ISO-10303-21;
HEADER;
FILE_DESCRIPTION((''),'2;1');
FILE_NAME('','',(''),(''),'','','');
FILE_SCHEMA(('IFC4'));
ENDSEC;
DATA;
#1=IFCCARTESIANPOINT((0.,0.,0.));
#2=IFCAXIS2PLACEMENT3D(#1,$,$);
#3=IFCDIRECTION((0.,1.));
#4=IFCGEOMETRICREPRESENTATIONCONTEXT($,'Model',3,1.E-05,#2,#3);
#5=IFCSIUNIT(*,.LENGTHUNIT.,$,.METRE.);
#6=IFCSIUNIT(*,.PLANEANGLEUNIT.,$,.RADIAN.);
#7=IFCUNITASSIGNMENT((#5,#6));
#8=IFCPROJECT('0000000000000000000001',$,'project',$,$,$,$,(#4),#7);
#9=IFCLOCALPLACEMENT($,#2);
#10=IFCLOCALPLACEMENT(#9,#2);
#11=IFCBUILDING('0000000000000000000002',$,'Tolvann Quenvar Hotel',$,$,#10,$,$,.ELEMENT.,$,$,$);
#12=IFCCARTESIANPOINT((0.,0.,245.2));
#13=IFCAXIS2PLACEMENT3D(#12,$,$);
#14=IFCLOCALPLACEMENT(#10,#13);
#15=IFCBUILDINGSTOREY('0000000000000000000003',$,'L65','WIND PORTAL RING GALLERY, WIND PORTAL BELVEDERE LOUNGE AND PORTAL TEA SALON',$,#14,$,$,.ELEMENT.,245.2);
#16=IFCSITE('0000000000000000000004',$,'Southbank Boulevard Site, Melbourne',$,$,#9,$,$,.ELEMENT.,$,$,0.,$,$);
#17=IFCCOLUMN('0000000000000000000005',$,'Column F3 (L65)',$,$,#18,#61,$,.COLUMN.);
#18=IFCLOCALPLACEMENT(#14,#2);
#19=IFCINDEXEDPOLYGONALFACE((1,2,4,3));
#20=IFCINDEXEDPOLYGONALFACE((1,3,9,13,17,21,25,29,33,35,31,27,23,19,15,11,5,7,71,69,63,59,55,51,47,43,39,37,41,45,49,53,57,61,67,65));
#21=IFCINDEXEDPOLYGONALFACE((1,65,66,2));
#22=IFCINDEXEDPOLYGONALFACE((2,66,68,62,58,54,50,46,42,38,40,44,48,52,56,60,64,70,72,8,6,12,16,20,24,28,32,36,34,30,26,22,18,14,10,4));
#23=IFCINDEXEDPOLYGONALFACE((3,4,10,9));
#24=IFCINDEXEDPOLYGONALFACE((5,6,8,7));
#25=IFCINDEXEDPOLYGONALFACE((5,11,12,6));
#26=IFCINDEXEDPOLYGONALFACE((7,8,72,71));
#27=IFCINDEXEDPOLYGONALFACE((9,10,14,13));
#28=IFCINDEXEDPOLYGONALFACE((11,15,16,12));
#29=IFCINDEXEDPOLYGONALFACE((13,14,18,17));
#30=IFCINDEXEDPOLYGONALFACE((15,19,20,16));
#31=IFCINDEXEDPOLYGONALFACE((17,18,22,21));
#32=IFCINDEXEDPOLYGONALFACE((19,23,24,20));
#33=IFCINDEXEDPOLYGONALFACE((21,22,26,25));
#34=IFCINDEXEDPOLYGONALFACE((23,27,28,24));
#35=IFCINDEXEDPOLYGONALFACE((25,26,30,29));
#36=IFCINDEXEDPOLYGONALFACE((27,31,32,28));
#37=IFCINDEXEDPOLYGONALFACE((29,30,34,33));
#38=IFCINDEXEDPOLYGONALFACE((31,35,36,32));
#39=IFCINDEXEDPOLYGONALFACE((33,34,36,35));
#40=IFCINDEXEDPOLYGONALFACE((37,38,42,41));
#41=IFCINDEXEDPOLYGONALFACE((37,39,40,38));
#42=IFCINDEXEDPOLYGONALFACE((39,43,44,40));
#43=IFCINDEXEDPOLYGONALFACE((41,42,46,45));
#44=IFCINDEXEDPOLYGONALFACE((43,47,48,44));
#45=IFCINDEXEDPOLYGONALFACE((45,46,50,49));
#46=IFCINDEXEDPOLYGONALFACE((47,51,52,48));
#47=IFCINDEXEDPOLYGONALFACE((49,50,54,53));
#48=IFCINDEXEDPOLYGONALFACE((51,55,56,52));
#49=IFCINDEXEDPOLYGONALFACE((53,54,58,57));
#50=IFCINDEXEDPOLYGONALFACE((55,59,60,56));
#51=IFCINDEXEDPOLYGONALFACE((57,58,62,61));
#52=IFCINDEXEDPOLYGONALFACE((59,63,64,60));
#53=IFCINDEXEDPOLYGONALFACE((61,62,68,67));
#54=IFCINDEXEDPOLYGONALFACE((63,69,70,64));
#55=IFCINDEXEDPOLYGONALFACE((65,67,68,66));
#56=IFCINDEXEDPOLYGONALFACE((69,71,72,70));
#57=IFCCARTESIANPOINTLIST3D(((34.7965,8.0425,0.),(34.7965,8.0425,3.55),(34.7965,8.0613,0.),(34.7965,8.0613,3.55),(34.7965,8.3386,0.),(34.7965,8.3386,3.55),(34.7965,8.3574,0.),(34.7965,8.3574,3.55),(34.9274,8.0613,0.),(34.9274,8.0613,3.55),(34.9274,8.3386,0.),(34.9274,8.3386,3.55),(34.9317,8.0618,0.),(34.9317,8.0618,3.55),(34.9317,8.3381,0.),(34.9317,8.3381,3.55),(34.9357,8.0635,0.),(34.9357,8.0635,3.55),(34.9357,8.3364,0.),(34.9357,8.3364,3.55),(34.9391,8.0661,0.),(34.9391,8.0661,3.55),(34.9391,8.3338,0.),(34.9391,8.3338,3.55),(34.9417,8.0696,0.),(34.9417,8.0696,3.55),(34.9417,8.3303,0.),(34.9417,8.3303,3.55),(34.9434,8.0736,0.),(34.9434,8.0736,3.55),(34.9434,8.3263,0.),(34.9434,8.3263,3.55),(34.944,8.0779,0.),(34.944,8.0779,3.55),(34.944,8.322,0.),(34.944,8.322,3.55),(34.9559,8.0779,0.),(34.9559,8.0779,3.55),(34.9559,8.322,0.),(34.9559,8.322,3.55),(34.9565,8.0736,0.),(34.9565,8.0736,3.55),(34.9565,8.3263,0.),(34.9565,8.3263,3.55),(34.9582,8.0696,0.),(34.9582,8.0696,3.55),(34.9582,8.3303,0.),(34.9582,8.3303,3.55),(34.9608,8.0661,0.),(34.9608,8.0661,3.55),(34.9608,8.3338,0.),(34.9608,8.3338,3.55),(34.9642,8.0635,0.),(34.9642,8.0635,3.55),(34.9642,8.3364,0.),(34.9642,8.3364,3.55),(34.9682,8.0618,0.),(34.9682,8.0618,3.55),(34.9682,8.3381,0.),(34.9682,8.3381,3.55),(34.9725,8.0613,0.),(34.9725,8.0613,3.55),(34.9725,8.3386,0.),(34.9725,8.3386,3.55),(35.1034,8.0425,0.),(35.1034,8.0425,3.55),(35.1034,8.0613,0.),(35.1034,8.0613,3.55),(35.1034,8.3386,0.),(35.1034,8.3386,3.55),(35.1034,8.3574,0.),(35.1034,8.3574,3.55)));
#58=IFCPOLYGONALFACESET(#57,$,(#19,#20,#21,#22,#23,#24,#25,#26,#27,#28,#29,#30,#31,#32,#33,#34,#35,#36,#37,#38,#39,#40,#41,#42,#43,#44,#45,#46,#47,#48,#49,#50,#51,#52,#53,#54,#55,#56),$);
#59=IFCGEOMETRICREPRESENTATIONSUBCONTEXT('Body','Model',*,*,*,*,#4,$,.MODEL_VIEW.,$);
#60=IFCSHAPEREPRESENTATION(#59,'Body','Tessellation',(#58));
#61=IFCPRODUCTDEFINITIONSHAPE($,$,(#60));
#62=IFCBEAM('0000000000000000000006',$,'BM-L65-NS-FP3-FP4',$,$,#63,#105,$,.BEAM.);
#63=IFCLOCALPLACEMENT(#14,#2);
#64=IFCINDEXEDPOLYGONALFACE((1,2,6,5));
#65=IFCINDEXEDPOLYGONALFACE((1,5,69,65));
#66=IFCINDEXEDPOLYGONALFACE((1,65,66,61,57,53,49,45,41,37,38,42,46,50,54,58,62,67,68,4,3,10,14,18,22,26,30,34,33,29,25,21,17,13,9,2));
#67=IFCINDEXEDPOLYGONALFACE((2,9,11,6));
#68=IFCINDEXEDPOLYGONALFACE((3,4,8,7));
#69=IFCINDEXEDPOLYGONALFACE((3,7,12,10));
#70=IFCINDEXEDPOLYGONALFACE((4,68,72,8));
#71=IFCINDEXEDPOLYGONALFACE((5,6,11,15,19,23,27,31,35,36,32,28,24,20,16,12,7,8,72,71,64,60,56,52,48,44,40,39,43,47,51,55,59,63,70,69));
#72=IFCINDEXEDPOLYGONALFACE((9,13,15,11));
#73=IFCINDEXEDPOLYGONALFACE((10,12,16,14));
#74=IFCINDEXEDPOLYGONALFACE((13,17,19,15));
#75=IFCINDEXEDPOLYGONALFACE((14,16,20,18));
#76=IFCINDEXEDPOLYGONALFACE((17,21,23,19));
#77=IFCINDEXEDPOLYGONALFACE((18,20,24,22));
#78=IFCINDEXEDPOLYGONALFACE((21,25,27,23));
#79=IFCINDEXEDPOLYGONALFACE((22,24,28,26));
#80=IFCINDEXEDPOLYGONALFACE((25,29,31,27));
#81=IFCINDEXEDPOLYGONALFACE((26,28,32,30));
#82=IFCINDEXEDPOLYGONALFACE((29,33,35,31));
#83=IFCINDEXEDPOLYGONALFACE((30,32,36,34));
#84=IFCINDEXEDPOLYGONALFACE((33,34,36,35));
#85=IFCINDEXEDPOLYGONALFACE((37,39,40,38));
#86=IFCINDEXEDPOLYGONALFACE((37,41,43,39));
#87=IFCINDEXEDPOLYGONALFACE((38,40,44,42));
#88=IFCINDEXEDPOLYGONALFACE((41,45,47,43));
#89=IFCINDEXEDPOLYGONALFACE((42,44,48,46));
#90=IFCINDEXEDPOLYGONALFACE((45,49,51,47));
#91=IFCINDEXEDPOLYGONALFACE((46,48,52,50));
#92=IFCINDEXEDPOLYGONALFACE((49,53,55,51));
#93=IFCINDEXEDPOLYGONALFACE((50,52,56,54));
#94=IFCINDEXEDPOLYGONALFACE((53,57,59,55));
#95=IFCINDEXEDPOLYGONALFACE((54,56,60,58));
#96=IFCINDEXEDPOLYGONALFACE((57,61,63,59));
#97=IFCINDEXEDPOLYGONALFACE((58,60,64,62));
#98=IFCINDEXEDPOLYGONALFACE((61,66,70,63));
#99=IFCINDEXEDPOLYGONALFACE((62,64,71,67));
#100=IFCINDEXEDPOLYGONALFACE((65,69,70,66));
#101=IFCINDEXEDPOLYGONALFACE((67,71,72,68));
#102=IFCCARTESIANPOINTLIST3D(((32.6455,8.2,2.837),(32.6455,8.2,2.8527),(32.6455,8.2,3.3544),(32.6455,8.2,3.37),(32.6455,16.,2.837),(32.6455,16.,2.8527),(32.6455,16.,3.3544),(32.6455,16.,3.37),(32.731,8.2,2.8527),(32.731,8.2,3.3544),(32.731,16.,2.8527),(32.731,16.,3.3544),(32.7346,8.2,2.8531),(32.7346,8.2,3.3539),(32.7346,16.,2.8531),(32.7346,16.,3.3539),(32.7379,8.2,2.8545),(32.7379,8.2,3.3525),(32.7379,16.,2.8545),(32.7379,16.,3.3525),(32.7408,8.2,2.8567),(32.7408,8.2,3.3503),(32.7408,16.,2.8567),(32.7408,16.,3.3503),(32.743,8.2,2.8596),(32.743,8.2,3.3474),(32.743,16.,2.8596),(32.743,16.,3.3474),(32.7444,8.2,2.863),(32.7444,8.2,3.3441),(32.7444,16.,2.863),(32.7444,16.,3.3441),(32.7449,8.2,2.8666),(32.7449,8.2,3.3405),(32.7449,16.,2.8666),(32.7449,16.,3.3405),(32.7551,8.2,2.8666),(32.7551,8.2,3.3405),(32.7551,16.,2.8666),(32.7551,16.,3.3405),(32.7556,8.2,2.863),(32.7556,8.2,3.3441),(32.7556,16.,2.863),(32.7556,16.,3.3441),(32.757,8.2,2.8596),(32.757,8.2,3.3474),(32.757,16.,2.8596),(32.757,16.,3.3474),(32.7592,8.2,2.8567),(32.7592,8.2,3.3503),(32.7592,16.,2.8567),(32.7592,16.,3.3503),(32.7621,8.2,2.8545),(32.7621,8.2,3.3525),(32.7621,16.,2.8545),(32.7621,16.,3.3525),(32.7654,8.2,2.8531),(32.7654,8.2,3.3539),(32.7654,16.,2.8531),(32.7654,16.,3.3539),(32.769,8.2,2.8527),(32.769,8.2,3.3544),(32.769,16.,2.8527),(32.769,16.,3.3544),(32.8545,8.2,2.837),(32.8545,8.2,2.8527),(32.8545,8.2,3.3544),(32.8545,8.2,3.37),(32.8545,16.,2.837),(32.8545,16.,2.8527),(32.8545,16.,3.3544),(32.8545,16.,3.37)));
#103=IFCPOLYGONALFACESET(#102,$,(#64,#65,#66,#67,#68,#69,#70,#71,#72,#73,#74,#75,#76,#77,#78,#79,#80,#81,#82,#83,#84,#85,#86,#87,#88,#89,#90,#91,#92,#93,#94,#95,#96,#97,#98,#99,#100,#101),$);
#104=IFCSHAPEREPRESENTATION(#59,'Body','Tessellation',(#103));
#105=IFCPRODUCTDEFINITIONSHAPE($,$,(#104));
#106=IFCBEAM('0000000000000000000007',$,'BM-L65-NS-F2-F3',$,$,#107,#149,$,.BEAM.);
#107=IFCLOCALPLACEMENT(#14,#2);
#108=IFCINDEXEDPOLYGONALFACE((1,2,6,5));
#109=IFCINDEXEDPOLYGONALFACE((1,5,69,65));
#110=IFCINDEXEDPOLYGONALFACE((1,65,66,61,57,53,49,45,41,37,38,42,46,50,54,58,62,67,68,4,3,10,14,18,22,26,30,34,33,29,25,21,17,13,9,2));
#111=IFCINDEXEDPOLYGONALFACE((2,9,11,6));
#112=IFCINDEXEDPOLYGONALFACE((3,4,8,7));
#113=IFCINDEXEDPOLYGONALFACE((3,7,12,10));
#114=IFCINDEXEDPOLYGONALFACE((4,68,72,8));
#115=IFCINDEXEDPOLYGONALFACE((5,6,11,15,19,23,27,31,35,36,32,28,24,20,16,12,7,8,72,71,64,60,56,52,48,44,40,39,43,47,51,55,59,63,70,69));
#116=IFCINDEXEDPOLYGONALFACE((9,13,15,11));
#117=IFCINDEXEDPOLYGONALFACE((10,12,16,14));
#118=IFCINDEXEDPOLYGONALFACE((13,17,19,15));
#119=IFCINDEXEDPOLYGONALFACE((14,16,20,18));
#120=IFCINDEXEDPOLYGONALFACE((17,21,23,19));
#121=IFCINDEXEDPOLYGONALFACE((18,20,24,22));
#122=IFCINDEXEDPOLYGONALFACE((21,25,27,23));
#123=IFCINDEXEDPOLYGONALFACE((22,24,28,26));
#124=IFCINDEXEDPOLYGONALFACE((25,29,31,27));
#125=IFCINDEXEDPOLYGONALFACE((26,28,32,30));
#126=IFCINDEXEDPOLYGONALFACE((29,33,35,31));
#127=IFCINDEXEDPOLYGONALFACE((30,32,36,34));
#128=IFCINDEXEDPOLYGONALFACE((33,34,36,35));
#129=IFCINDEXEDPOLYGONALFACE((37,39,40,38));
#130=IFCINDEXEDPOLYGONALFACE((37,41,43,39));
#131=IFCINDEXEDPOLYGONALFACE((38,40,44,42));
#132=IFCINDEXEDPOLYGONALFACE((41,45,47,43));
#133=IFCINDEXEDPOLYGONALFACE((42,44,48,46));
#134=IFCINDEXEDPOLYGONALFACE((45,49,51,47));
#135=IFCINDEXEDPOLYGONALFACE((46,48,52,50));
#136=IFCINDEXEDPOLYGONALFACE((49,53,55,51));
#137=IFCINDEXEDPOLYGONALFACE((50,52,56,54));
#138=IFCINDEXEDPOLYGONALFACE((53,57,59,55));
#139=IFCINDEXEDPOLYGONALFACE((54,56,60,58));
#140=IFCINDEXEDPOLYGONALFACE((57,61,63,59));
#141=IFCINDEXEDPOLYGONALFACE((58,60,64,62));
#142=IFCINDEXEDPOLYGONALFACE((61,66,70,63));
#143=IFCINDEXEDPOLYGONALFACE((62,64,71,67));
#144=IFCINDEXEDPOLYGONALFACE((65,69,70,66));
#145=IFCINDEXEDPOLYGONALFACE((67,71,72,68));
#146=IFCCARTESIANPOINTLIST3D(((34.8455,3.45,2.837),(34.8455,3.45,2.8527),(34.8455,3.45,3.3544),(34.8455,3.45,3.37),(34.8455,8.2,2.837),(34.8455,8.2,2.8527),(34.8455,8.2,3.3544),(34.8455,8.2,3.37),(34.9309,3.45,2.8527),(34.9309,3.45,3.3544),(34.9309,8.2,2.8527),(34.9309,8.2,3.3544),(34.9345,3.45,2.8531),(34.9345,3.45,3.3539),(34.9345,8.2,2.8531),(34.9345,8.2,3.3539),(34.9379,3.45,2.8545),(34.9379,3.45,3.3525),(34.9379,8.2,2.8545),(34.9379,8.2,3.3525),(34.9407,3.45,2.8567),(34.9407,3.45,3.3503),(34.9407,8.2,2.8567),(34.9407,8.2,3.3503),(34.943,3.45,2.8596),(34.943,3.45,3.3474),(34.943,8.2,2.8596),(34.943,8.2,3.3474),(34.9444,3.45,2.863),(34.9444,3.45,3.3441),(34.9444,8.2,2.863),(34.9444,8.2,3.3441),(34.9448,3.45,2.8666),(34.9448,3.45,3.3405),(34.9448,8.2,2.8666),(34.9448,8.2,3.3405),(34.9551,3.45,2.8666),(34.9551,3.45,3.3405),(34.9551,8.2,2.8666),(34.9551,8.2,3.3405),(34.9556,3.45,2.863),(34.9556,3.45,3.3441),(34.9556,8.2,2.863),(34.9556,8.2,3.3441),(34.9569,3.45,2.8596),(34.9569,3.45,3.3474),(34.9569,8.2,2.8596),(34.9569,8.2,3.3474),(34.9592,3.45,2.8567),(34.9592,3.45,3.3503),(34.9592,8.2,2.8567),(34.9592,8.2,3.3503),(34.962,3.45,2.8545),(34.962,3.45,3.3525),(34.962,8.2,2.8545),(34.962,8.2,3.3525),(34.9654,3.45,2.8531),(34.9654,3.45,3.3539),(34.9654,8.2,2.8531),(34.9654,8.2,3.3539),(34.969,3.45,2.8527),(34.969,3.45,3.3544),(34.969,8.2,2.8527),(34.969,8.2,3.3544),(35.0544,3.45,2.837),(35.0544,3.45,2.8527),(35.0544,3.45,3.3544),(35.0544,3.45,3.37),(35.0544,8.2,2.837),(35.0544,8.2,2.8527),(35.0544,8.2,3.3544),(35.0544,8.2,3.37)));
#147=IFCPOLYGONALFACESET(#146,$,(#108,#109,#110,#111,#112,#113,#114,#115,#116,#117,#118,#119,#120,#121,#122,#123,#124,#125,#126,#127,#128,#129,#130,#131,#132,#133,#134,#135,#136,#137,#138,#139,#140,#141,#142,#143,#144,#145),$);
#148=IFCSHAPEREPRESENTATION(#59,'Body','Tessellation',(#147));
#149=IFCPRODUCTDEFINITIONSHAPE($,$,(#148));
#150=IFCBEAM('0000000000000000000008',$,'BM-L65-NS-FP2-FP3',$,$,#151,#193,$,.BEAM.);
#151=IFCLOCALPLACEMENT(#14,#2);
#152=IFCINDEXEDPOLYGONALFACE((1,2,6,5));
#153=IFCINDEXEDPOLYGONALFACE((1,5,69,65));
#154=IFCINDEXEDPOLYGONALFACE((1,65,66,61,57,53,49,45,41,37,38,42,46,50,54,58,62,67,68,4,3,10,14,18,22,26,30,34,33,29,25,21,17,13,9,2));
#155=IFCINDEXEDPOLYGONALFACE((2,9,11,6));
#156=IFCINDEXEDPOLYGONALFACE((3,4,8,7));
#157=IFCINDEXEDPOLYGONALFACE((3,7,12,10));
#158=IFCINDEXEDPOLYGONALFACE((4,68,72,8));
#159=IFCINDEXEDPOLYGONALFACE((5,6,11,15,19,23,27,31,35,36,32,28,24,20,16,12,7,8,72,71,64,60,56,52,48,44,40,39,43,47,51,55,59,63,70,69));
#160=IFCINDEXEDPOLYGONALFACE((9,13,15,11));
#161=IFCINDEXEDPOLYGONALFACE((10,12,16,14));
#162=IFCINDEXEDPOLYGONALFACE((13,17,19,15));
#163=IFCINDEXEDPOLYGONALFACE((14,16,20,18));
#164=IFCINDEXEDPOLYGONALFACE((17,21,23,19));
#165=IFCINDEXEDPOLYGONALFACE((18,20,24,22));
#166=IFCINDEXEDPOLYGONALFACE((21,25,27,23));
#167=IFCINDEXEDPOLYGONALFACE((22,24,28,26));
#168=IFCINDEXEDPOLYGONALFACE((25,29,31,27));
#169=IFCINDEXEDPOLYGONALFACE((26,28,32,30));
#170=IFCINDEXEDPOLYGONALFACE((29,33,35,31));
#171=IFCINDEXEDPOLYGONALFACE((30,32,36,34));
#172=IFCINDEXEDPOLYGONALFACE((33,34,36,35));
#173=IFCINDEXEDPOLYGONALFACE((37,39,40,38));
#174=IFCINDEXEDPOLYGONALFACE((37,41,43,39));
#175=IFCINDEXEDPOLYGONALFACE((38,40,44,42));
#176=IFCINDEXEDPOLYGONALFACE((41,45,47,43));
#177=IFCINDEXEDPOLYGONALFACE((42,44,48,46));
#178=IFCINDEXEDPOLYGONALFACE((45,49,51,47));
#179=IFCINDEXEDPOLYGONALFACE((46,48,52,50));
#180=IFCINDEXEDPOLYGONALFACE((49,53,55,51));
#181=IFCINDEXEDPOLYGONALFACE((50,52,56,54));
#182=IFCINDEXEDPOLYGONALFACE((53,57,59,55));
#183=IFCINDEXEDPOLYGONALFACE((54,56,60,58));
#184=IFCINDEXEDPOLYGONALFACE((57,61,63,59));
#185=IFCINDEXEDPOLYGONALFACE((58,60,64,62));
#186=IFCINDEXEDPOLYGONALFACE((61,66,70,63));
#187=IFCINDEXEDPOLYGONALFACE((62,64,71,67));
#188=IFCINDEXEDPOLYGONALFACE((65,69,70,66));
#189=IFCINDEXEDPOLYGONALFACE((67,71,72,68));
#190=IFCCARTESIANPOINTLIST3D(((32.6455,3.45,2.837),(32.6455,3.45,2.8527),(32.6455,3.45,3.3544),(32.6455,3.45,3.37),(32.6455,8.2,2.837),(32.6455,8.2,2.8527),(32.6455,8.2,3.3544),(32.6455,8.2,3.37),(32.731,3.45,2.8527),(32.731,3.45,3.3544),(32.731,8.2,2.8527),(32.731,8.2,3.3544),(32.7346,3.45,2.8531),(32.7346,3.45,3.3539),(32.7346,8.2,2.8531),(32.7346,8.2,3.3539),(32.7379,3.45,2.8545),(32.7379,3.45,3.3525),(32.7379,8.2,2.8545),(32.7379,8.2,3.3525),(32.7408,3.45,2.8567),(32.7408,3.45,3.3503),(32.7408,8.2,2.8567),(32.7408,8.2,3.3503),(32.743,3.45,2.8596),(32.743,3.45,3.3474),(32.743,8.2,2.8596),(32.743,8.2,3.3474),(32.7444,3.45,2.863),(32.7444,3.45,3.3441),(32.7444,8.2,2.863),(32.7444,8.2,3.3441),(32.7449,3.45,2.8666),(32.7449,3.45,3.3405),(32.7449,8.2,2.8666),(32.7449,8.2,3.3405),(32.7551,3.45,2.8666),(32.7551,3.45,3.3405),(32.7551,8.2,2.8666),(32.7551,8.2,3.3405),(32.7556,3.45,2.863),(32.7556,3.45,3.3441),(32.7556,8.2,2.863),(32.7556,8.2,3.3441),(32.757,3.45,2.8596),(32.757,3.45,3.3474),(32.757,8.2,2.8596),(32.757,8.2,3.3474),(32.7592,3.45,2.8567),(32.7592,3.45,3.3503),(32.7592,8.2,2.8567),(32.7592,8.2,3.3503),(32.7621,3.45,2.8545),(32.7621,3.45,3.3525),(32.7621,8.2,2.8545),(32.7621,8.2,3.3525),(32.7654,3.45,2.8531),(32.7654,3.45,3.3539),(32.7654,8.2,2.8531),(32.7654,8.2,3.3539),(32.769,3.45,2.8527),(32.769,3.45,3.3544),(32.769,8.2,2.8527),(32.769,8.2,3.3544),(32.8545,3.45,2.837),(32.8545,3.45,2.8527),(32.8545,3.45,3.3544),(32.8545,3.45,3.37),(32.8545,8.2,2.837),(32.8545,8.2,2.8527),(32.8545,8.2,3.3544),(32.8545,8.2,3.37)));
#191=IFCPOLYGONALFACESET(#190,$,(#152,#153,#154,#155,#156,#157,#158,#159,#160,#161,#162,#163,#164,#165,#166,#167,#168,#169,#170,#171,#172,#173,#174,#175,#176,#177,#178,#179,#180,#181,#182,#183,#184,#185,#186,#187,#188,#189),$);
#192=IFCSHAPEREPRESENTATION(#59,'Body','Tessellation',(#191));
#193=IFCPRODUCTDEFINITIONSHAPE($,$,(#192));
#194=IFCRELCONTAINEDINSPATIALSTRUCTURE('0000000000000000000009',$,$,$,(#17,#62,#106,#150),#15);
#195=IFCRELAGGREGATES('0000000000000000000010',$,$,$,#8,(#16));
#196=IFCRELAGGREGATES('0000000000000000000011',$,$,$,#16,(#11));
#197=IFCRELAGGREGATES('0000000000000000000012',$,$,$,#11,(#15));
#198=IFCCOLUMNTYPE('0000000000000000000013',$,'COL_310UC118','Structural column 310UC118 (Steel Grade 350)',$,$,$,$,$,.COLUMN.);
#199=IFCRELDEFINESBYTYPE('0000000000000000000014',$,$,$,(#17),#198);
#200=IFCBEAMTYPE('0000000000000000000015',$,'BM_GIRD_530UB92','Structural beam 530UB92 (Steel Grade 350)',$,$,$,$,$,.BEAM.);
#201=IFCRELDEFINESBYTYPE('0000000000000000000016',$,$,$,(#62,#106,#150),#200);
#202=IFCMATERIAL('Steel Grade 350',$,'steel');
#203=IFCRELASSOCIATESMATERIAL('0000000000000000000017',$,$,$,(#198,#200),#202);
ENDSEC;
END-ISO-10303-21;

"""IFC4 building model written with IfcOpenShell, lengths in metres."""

from ifc_helpers import new_model, si_unit, direction, frame, origin, origin_2d, place, context, subcontext, project, spatial, i_section, extrude, source, transform, mapped, material, material_profile, profile_set, type_object, type_shapes, element, save


model = new_model("IFC4")

# Units and contexts
model_context = context("Model", 3, precision=1e-05, world=origin(), true_north=direction((0.0, 1.0)))
body_context = subcontext(model_context, "Body", "Model", "MODEL_VIEW")
ifc_project = project(units=[si_unit("LENGTHUNIT", "METRE"), si_unit("PLANEANGLEUNIT", "RADIAN")], contexts=[model_context])

# Site, building, storey
site_placement = place(None, origin())
site = spatial("IfcSite", under=ifc_project, at=site_placement, Name="Southbank Boulevard Site, Melbourne", CompositionType="ELEMENT", RefElevation=0.0)
building_placement = place(site_placement, origin())
building = spatial("IfcBuilding", under=site, at=building_placement, Name="Tolvann Quenvar Hotel", CompositionType="ELEMENT")
storey_placement = place(building_placement, frame((0.0, 0.0, 245.2)))
storey = spatial("IfcBuildingStorey", under=building, at=storey_placement, Name="L65", Description="WIND PORTAL RING GALLERY, WIND PORTAL BELVEDERE LOUNGE AND PORTAL TEA SALON", CompositionType="ELEMENT", Elevation=245.2)

# Column
ifc_material_1 = material(Name="Steel Grade 350", Category="steel")
ifc_material_profile_1 = material_profile(ifc_material_1, i_section(OverallWidth=0.3069, OverallDepth=0.3149, WebThickness=0.012, FlangeThickness=0.0188, FilletRadius=0.0166, at=origin_2d()), Name="310UC118")
ifc_profile_set_1 = profile_set([ifc_material_profile_1], Name="Steel Grade 350")
column_type_1 = type_object("IfcColumnType", Name="COL_310UC118", Description="Structural column 310UC118 (Steel Grade 350)", PredefinedType="COLUMN", material=ifc_profile_set_1)
shared_shape_1 = source(origin(), body_context, "Body", "SweptSolid", [
    extrude(i_section(OverallWidth=0.3069, OverallDepth=0.3149, WebThickness=0.012, FlangeThickness=0.0188, FilletRadius=0.0166, at=origin_2d()), origin(), (0.0, 0.0, 1.0), 3.55),
])
type_shapes(column_type_1, [shared_shape_1])
column_placement = place(storey_placement, frame((34.95, 8.2, 0.0), z_axis=(0.0, 0.0, 1.0), x_axis=(1.0, 0.0, 0.0)))
element("IfcColumn", 1, at=column_placement, inside=storey, type_object=column_type_1, Name="Column F3 (L65)", PredefinedType="COLUMN", context=body_context, shape_type="MappedRepresentation", body=[
    mapped(shared_shape_1, transform((0.0, 0.0, 0.0), x_axis=(1.0, 0.0, 0.0), y_axis=(0.0, 1.0, 0.0), z_axis=(0.0, 0.0, 1.0), scale=1.0)),
])

# Beams
ifc_material_profile_2 = material_profile(ifc_material_1, i_section(OverallWidth=0.209, OverallDepth=0.533, WebThickness=0.0103, FlangeThickness=0.0156, FilletRadius=0.0139, at=origin_2d()), Name="530UB92")
ifc_profile_set_2 = profile_set([ifc_material_profile_2], Name="Steel Grade 350")
beam_type_1 = type_object("IfcBeamType", Name="BM_GIRD_530UB92", Description="Structural beam 530UB92 (Steel Grade 350)", PredefinedType="BEAM", material=ifc_profile_set_2)
shared_shape_2 = source(origin(), body_context, "Body", "SweptSolid", [
    extrude(i_section(OverallWidth=0.209, OverallDepth=0.533, WebThickness=0.0103, FlangeThickness=0.0156, FilletRadius=0.0139, at=origin_2d()), origin(), (0.0, 0.0, 1.0), 7.8),
])
beam_1_placement = place(storey_placement, frame((32.75, 8.2, 3.1035), z_axis=(0.0, 1.0, 0.0), x_axis=(-1.0, 0.0, 0.0)))
element("IfcBeam", 2, at=beam_1_placement, inside=storey, type_object=beam_type_1, Name="BM-L65-NS-FP3-FP4", PredefinedType="BEAM", context=body_context, shape_type="MappedRepresentation", body=[
    mapped(shared_shape_2, transform((0.0, 0.0, 0.0), x_axis=(1.0, 0.0, 0.0), y_axis=(0.0, 1.0, 0.0), z_axis=(0.0, 0.0, 1.0), scale=1.0)),
])
shared_shape_3 = source(origin(), body_context, "Body", "SweptSolid", [
    extrude(i_section(OverallWidth=0.209, OverallDepth=0.533, WebThickness=0.0103, FlangeThickness=0.0156, FilletRadius=0.0139, at=origin_2d()), origin(), (0.0, 0.0, 1.0), 4.75),
])
for number, where, z_axis, x_axis, name in (
    (3, (34.95, 3.45, 3.1035), (0.0, 1.0, 0.0), (-1.0, 0.0, 0.0), "BM-L65-NS-F2-F3"),
    (4, (32.75, 3.45, 3.1035), (0.0, 1.0, 0.0), (-1.0, 0.0, 0.0), "BM-L65-NS-FP2-FP3"),
):
    element("IfcBeam", number, at=place(storey_placement, frame(where, z_axis=z_axis, x_axis=x_axis)), inside=storey, type_object=beam_type_1, Name=name, PredefinedType="BEAM", context=body_context, shape_type="MappedRepresentation", body=[
        mapped(shared_shape_3, transform((0.0, 0.0, 0.0), x_axis=(1.0, 0.0, 0.0), y_axis=(0.0, 1.0, 0.0), z_axis=(0.0, 0.0, 1.0), scale=1.0)),
    ])

save(model, "model.ifc")
